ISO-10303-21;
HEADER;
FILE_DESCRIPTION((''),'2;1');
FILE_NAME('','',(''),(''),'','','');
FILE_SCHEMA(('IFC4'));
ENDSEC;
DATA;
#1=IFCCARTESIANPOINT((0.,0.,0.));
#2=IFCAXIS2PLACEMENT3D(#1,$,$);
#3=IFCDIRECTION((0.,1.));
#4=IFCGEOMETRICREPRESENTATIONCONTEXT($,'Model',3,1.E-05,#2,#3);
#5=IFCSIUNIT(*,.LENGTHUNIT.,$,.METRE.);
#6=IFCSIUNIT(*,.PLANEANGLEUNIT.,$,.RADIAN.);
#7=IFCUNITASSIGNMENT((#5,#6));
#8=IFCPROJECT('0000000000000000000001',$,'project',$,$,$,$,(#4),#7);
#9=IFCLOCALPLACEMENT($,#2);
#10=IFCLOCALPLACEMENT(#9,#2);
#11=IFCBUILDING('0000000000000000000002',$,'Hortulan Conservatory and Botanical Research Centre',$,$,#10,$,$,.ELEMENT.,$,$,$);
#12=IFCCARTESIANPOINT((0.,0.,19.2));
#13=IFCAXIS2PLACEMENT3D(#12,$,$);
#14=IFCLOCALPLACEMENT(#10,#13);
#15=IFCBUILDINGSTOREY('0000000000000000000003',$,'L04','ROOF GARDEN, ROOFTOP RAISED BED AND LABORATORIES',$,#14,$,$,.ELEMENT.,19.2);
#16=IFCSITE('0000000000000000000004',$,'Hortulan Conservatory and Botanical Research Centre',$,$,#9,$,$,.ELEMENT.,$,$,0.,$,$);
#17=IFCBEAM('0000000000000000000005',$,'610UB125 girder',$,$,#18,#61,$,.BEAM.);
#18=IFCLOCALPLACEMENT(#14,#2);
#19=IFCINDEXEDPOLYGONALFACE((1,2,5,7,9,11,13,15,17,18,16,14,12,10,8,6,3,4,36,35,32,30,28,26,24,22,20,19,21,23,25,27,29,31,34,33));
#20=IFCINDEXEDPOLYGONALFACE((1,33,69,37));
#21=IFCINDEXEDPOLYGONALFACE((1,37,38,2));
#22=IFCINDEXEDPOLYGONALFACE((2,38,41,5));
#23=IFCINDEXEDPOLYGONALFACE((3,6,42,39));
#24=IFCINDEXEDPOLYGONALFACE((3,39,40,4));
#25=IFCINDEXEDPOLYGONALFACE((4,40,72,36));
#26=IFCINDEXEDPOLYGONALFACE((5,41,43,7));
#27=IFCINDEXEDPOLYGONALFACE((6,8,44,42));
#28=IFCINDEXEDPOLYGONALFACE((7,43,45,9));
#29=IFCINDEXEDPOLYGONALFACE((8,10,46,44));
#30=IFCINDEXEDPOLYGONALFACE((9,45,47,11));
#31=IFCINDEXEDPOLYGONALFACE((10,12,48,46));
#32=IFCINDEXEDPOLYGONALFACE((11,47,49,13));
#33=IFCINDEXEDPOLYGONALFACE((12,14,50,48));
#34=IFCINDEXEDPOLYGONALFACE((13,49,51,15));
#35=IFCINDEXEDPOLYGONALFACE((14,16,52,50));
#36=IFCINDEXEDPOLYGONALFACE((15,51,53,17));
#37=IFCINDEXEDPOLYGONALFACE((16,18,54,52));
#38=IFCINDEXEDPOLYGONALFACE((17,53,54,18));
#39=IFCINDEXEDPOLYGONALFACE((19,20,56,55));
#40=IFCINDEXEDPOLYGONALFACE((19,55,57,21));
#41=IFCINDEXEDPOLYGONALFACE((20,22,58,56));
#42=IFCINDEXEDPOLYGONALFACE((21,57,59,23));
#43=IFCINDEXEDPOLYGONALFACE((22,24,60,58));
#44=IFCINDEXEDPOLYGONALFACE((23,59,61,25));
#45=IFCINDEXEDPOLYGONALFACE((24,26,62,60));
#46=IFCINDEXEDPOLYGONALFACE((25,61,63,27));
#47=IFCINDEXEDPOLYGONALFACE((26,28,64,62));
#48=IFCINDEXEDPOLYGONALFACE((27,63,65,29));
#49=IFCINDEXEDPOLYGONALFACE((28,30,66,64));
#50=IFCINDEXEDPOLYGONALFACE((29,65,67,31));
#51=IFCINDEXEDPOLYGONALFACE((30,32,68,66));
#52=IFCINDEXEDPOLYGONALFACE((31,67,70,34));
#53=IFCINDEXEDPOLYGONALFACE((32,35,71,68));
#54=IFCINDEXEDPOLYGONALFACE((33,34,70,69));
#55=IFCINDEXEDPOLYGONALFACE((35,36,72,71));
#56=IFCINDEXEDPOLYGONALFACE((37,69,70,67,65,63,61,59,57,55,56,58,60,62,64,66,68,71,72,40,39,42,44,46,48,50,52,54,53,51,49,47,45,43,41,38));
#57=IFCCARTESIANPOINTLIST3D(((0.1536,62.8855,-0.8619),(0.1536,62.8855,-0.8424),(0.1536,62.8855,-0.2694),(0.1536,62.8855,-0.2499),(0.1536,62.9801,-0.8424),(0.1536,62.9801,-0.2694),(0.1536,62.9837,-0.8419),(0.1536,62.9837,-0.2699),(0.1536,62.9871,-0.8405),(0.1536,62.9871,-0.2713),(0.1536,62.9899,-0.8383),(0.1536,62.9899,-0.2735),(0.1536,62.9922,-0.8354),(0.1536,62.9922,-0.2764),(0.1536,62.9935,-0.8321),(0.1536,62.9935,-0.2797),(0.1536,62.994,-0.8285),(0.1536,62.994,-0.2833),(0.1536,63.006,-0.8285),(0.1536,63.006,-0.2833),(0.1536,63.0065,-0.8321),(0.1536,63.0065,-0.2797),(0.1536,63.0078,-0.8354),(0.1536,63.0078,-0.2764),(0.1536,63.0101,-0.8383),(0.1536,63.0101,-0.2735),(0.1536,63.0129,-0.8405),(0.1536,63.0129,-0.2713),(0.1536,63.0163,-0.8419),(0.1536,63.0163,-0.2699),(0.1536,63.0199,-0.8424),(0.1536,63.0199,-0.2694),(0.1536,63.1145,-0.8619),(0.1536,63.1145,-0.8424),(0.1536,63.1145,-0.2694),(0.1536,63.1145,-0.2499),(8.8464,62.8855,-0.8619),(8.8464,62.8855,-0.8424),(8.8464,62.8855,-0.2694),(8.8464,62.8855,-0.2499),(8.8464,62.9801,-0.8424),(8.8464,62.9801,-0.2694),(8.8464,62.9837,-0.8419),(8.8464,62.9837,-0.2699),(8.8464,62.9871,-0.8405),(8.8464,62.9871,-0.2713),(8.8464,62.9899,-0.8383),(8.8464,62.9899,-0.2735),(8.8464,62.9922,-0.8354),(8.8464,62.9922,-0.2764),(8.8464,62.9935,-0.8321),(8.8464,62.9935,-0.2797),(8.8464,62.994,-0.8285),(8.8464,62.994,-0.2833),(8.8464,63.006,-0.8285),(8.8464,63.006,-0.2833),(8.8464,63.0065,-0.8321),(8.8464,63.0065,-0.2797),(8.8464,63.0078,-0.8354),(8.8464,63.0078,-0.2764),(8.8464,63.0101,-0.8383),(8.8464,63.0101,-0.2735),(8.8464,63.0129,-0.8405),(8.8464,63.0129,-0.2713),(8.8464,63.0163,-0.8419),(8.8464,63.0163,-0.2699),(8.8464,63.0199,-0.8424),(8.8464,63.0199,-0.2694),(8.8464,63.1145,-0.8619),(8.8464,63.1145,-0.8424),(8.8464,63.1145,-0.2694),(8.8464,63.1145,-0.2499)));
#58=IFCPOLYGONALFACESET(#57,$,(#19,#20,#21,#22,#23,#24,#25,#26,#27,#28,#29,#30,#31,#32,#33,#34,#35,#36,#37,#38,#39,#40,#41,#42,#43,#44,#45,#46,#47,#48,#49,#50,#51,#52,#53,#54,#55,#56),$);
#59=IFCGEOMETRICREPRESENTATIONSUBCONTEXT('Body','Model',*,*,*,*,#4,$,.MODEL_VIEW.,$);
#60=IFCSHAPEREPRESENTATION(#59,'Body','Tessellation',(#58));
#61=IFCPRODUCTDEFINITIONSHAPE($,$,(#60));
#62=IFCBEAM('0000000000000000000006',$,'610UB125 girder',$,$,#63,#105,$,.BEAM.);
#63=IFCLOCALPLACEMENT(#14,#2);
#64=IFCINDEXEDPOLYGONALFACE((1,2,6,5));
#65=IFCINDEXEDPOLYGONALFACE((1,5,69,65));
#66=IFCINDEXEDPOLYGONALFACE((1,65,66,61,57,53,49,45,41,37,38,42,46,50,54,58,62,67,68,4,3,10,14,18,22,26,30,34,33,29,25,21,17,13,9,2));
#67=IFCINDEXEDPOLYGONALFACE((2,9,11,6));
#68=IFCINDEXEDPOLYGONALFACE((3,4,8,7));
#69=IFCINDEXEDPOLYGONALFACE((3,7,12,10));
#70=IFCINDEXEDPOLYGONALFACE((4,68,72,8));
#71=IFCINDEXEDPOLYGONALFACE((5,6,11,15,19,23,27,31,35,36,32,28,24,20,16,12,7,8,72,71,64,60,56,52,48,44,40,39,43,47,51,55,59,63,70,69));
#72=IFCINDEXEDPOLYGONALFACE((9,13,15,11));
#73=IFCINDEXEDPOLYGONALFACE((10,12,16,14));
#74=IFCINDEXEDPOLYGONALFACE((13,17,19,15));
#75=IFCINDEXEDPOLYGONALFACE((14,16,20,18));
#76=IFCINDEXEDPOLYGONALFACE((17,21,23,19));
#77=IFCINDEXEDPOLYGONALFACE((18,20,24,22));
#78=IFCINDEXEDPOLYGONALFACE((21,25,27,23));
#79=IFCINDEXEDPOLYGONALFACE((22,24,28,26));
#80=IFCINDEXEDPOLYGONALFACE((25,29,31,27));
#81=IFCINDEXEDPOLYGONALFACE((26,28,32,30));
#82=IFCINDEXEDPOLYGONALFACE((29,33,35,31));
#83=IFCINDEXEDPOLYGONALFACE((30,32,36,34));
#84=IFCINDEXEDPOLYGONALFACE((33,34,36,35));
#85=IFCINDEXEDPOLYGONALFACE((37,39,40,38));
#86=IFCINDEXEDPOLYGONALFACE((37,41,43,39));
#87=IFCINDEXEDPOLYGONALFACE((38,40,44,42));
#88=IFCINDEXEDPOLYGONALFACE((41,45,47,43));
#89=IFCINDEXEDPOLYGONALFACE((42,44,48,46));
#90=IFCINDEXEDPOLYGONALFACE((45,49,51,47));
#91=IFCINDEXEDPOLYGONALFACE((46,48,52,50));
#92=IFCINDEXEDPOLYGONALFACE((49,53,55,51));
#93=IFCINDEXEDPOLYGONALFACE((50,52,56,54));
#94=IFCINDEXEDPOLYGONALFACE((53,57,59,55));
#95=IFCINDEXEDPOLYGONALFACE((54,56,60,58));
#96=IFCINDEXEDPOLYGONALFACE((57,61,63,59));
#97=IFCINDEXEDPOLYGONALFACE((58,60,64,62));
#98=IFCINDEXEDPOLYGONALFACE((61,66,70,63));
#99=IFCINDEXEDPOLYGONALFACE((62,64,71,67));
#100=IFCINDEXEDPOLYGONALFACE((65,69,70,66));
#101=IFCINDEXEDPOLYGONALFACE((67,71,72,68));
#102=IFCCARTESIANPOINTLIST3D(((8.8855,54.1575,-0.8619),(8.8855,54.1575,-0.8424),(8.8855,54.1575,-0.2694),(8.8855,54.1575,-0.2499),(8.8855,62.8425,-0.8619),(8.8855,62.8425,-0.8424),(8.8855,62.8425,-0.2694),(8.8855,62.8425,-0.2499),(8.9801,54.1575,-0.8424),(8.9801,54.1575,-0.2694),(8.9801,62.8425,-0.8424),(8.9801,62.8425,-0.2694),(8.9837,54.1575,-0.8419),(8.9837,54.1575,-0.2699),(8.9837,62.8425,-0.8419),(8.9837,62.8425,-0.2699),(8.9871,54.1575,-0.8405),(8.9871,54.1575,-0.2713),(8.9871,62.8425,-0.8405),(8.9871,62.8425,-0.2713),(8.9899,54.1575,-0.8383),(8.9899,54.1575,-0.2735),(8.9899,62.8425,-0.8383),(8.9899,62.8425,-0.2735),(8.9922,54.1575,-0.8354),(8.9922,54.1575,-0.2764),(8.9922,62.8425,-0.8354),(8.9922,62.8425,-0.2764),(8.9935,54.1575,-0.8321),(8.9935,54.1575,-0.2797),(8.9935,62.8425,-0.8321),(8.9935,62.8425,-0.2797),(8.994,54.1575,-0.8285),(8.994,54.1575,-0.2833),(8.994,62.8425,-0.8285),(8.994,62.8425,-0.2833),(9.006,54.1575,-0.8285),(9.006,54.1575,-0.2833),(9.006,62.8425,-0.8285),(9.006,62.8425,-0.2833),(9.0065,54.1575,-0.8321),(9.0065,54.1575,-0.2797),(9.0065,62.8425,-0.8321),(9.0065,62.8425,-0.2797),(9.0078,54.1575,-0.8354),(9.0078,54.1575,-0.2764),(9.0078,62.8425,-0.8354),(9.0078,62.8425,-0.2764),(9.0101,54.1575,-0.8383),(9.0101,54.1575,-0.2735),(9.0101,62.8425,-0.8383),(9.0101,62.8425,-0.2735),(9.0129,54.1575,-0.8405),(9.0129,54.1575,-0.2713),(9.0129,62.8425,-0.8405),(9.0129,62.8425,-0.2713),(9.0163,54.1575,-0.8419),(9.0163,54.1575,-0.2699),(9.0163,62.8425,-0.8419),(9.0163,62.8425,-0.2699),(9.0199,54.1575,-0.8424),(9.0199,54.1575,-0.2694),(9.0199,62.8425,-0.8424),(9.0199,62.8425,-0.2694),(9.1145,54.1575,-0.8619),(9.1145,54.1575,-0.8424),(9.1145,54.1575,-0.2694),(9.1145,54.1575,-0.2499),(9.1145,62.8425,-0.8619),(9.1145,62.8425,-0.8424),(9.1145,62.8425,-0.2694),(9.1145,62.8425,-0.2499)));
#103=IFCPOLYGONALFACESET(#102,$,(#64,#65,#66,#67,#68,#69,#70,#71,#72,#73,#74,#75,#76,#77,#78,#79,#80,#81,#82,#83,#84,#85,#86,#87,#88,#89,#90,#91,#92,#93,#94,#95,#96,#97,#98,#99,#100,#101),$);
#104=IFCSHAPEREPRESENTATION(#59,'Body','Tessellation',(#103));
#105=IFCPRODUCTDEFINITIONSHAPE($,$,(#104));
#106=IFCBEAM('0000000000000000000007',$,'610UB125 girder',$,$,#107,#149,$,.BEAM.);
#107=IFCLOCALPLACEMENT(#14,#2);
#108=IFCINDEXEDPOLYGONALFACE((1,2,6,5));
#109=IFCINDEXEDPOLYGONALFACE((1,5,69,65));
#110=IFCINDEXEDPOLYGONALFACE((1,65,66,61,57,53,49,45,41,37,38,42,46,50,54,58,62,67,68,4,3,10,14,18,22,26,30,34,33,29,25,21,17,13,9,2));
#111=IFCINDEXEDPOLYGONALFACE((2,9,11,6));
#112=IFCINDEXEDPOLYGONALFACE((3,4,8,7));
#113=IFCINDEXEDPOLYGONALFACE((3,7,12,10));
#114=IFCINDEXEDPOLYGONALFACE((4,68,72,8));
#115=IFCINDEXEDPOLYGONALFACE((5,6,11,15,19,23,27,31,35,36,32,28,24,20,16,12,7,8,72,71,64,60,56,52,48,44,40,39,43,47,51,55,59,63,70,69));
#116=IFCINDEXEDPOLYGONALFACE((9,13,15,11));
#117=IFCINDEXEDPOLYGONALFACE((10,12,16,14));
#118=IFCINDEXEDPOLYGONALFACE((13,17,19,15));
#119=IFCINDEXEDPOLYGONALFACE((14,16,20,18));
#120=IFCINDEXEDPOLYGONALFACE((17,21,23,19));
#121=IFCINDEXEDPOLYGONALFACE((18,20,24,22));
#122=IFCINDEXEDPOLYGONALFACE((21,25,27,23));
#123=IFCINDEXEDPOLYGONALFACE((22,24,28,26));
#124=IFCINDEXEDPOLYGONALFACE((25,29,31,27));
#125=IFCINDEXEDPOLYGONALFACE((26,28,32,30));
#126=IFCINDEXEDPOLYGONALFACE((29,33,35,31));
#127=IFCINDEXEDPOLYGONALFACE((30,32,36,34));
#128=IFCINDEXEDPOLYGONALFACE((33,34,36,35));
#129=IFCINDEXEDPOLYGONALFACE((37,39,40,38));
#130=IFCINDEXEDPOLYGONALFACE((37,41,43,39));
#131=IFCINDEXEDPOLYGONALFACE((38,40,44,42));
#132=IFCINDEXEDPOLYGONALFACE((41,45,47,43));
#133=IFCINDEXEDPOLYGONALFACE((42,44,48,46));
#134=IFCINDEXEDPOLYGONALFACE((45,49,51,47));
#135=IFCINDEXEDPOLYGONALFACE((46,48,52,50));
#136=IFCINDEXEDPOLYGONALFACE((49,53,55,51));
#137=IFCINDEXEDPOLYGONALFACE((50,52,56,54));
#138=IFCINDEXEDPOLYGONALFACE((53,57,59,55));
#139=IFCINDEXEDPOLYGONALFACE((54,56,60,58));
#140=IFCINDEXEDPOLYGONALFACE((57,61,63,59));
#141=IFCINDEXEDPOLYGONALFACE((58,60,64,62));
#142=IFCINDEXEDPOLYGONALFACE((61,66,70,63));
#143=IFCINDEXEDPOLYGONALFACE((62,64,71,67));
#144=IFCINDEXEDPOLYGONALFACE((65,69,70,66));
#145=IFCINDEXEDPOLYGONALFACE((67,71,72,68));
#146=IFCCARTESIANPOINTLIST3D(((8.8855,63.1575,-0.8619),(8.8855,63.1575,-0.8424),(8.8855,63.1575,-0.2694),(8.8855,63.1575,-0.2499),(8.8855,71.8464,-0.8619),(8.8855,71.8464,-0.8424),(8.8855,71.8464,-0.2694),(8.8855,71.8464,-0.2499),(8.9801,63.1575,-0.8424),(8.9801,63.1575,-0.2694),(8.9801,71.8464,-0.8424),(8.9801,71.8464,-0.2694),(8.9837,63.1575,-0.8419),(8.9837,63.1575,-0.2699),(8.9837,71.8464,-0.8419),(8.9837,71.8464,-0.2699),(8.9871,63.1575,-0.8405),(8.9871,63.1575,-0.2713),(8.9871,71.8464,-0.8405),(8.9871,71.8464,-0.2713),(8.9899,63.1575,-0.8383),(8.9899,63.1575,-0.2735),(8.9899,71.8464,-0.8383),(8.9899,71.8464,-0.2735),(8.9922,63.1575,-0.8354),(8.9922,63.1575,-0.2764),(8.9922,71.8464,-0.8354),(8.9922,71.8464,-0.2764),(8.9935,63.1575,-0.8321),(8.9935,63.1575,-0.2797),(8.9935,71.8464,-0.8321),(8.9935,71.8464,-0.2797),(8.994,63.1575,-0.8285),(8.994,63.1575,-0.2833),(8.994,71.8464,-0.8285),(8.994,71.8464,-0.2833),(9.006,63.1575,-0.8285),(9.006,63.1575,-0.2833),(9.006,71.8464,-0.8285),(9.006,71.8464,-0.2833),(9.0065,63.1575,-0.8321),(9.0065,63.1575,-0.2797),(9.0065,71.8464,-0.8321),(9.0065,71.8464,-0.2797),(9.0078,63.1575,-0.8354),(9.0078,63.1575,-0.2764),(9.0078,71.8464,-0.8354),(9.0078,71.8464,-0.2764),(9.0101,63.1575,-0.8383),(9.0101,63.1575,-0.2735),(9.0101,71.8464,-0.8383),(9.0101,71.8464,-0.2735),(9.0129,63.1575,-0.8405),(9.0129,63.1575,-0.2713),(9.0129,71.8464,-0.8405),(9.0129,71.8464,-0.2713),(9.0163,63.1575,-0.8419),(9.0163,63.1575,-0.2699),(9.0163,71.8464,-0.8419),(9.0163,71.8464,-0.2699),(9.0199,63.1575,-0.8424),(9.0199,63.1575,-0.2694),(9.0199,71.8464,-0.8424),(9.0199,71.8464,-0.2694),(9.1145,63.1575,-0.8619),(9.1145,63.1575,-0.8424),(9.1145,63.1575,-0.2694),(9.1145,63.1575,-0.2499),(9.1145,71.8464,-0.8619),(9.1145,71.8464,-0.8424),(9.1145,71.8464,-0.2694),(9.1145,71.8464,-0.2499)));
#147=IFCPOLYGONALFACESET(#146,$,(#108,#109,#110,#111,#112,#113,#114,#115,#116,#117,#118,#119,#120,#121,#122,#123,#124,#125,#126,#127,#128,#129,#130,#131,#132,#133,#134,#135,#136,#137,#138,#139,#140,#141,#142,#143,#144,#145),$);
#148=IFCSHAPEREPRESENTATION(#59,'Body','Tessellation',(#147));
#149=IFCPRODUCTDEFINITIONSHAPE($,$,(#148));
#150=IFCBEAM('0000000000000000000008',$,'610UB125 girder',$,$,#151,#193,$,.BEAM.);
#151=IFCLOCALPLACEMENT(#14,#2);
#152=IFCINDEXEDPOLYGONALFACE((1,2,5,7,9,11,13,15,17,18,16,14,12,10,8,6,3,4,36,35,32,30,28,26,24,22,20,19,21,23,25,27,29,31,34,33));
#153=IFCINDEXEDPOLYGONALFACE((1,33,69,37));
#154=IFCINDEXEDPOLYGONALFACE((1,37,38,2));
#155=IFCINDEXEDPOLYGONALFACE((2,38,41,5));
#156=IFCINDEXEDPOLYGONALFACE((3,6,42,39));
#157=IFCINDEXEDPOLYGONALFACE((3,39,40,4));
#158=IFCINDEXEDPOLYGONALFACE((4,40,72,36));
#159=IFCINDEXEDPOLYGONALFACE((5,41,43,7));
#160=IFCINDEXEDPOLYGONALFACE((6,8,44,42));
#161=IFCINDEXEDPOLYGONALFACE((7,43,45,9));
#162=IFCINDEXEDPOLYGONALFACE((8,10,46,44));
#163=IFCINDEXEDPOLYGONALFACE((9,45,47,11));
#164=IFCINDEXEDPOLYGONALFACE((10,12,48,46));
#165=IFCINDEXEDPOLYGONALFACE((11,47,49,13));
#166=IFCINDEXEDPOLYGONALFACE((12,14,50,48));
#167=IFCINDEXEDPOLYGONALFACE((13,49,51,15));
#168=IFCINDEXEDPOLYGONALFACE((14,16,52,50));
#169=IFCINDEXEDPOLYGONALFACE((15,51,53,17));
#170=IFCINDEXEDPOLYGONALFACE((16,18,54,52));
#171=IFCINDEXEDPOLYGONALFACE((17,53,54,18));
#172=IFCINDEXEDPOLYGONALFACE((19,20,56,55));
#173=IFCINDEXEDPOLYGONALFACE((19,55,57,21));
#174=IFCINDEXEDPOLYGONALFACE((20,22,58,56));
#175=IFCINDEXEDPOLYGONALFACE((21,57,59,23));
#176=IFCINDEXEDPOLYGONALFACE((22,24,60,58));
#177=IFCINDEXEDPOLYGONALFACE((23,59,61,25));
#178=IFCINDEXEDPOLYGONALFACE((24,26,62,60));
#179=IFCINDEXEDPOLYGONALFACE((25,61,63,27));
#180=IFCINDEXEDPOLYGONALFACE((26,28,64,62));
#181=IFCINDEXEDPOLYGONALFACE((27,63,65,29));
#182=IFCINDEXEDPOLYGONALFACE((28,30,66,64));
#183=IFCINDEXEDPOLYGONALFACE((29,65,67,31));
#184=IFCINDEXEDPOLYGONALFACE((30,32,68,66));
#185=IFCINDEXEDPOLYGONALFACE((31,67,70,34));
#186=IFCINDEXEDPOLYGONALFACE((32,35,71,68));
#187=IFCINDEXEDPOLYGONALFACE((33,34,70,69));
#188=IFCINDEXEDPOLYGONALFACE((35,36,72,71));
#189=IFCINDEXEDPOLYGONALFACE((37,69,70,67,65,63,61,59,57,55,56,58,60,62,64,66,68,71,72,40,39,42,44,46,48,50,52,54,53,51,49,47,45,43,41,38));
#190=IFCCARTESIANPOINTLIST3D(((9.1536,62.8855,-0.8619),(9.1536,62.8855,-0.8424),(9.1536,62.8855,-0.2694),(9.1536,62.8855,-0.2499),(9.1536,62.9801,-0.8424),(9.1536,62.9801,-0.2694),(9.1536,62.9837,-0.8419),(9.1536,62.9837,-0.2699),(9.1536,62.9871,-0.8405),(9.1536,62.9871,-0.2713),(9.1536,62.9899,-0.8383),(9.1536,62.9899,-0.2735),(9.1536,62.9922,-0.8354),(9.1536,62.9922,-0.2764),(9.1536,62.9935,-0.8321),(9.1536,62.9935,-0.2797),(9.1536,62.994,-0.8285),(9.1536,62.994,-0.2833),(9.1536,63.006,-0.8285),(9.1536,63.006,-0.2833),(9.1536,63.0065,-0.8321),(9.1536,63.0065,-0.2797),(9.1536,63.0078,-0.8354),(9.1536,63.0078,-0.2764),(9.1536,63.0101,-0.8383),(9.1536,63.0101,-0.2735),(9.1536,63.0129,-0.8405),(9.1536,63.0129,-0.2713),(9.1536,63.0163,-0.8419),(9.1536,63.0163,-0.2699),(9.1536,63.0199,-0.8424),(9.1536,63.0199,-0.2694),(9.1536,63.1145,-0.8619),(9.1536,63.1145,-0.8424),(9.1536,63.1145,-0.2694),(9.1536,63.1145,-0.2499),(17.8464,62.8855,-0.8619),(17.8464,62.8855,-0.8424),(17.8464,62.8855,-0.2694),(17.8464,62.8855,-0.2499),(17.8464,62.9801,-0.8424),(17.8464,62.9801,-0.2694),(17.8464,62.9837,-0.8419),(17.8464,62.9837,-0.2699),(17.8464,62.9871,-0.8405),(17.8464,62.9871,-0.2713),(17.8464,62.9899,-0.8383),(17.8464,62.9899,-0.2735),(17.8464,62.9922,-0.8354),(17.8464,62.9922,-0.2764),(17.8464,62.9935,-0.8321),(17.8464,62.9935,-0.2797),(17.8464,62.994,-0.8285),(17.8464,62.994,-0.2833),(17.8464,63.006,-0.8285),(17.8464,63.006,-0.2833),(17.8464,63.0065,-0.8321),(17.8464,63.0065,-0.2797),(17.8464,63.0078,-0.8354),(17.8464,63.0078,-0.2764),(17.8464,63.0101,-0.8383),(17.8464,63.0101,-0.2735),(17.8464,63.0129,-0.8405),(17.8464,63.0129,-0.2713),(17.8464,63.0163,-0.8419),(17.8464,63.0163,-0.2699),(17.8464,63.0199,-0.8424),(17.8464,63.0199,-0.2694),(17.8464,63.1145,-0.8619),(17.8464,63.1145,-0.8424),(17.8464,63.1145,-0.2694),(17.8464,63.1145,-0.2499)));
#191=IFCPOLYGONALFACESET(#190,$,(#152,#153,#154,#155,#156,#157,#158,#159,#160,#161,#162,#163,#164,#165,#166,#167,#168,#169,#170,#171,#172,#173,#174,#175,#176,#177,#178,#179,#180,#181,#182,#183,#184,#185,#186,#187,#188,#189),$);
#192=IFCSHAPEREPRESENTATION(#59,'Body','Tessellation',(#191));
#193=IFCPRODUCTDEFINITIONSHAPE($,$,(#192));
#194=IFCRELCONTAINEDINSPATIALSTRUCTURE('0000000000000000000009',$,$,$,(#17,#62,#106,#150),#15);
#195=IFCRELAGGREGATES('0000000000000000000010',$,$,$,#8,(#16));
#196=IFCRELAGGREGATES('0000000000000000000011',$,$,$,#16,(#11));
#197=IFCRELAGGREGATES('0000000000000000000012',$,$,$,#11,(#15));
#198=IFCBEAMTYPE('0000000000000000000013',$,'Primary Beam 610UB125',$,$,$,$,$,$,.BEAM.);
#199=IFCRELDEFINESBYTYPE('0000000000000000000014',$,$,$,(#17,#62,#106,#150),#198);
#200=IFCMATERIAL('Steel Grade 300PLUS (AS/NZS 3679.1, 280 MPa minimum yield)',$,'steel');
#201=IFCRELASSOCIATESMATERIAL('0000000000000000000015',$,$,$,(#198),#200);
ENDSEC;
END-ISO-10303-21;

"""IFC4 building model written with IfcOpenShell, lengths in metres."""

from ifc_helpers import new_model, si_unit, direction, frame, origin, origin_2d, place, context, subcontext, project, spatial, i_section, extrude, material, material_profile, profile_set, type_object, element, save


model = new_model("IFC4")

# Units and contexts
model_context = context("Model", 3, precision=1e-05, world=origin(), true_north=direction((0.0, 1.0)))
body_context = subcontext(model_context, "Body", "Model", "MODEL_VIEW")
ifc_project = project(units=[si_unit("LENGTHUNIT", "METRE"), si_unit("PLANEANGLEUNIT", "RADIAN")], contexts=[model_context])

# Site, building, storey
site_placement = place(None, origin())
site = spatial("IfcSite", under=ifc_project, at=site_placement, Name="Hortulan Conservatory and Botanical Research Centre", CompositionType="ELEMENT", RefElevation=0.0)
building_placement = place(site_placement, origin())
building = spatial("IfcBuilding", under=site, at=building_placement, Name="Hortulan Conservatory and Botanical Research Centre", CompositionType="ELEMENT")
storey_placement = place(building_placement, frame((0.0, 0.0, 19.2)))
storey = spatial("IfcBuildingStorey", under=building, at=storey_placement, Name="L04", Description="ROOF GARDEN, ROOFTOP RAISED BED AND LABORATORIES", CompositionType="ELEMENT", Elevation=19.2)

# Beams
ifc_material_1 = material(Name="Steel Grade 300PLUS (AS/NZS 3679.1, 280 MPa minimum yield)", Category="steel")
ifc_material_profile_1 = material_profile(ifc_material_1, i_section(OverallWidth=0.229, OverallDepth=0.6121, WebThickness=0.012, FlangeThickness=0.0195, FilletRadius=0.0139, at=origin_2d()), Name="610UB125")
ifc_profile_set_1 = profile_set([ifc_material_profile_1], Name="Steel Grade 300PLUS (AS/NZS 3679.1, 280 MPa minimum yield)")
beam_type_1 = type_object("IfcBeamType", Name="Primary Beam 610UB125", PredefinedType="BEAM", material=ifc_profile_set_1)
beam_1_placement = place(storey_placement, frame((0.1536, 63.0, -0.5559), z_axis=(1.0, 0.0, 0.0), x_axis=(0.0, 1.0, 0.0)))
element("IfcBeam", 1, at=beam_1_placement, inside=storey, type_object=beam_type_1, Name="610UB125 girder", PredefinedType="BEAM", context=body_context, shape_type="SweptSolid", body=[
    extrude(i_section(OverallWidth=0.229, OverallDepth=0.6121, WebThickness=0.012, FlangeThickness=0.0195, FilletRadius=0.0139, at=origin_2d()), origin(), (0.0, 0.0, 1.0), 8.6929),
])
beam_2_placement = place(storey_placement, frame((9.0, 54.1575, -0.5559), z_axis=(0.0, 1.0, 0.0), x_axis=(-1.0, 0.0, 0.0)))
element("IfcBeam", 2, at=beam_2_placement, inside=storey, type_object=beam_type_1, Name="610UB125 girder", PredefinedType="BEAM", context=body_context, shape_type="SweptSolid", body=[
    extrude(i_section(OverallWidth=0.229, OverallDepth=0.6121, WebThickness=0.012, FlangeThickness=0.0195, FilletRadius=0.0139, at=origin_2d()), origin(), (0.0, 0.0, 1.0), 8.6851),
])
beam_3_placement = place(storey_placement, frame((9.0, 63.1575, -0.5559), z_axis=(0.0, 1.0, 0.0), x_axis=(-1.0, 0.0, 0.0)))
element("IfcBeam", 3, at=beam_3_placement, inside=storey, type_object=beam_type_1, Name="610UB125 girder", PredefinedType="BEAM", context=body_context, shape_type="SweptSolid", body=[
    extrude(i_section(OverallWidth=0.229, OverallDepth=0.6121, WebThickness=0.012, FlangeThickness=0.0195, FilletRadius=0.0139, at=origin_2d()), origin(), (0.0, 0.0, 1.0), 8.689),
])
beam_4_placement = place(storey_placement, frame((9.1536, 63.0, -0.5559), z_axis=(1.0, 0.0, 0.0), x_axis=(0.0, 1.0, 0.0)))
element("IfcBeam", 4, at=beam_4_placement, inside=storey, type_object=beam_type_1, Name="610UB125 girder", PredefinedType="BEAM", context=body_context, shape_type="SweptSolid", body=[
    extrude(i_section(OverallWidth=0.229, OverallDepth=0.6121, WebThickness=0.012, FlangeThickness=0.0195, FilletRadius=0.0139, at=origin_2d()), origin(), (0.0, 0.0, 1.0), 8.6929),
])

save(model, "model.ifc")
